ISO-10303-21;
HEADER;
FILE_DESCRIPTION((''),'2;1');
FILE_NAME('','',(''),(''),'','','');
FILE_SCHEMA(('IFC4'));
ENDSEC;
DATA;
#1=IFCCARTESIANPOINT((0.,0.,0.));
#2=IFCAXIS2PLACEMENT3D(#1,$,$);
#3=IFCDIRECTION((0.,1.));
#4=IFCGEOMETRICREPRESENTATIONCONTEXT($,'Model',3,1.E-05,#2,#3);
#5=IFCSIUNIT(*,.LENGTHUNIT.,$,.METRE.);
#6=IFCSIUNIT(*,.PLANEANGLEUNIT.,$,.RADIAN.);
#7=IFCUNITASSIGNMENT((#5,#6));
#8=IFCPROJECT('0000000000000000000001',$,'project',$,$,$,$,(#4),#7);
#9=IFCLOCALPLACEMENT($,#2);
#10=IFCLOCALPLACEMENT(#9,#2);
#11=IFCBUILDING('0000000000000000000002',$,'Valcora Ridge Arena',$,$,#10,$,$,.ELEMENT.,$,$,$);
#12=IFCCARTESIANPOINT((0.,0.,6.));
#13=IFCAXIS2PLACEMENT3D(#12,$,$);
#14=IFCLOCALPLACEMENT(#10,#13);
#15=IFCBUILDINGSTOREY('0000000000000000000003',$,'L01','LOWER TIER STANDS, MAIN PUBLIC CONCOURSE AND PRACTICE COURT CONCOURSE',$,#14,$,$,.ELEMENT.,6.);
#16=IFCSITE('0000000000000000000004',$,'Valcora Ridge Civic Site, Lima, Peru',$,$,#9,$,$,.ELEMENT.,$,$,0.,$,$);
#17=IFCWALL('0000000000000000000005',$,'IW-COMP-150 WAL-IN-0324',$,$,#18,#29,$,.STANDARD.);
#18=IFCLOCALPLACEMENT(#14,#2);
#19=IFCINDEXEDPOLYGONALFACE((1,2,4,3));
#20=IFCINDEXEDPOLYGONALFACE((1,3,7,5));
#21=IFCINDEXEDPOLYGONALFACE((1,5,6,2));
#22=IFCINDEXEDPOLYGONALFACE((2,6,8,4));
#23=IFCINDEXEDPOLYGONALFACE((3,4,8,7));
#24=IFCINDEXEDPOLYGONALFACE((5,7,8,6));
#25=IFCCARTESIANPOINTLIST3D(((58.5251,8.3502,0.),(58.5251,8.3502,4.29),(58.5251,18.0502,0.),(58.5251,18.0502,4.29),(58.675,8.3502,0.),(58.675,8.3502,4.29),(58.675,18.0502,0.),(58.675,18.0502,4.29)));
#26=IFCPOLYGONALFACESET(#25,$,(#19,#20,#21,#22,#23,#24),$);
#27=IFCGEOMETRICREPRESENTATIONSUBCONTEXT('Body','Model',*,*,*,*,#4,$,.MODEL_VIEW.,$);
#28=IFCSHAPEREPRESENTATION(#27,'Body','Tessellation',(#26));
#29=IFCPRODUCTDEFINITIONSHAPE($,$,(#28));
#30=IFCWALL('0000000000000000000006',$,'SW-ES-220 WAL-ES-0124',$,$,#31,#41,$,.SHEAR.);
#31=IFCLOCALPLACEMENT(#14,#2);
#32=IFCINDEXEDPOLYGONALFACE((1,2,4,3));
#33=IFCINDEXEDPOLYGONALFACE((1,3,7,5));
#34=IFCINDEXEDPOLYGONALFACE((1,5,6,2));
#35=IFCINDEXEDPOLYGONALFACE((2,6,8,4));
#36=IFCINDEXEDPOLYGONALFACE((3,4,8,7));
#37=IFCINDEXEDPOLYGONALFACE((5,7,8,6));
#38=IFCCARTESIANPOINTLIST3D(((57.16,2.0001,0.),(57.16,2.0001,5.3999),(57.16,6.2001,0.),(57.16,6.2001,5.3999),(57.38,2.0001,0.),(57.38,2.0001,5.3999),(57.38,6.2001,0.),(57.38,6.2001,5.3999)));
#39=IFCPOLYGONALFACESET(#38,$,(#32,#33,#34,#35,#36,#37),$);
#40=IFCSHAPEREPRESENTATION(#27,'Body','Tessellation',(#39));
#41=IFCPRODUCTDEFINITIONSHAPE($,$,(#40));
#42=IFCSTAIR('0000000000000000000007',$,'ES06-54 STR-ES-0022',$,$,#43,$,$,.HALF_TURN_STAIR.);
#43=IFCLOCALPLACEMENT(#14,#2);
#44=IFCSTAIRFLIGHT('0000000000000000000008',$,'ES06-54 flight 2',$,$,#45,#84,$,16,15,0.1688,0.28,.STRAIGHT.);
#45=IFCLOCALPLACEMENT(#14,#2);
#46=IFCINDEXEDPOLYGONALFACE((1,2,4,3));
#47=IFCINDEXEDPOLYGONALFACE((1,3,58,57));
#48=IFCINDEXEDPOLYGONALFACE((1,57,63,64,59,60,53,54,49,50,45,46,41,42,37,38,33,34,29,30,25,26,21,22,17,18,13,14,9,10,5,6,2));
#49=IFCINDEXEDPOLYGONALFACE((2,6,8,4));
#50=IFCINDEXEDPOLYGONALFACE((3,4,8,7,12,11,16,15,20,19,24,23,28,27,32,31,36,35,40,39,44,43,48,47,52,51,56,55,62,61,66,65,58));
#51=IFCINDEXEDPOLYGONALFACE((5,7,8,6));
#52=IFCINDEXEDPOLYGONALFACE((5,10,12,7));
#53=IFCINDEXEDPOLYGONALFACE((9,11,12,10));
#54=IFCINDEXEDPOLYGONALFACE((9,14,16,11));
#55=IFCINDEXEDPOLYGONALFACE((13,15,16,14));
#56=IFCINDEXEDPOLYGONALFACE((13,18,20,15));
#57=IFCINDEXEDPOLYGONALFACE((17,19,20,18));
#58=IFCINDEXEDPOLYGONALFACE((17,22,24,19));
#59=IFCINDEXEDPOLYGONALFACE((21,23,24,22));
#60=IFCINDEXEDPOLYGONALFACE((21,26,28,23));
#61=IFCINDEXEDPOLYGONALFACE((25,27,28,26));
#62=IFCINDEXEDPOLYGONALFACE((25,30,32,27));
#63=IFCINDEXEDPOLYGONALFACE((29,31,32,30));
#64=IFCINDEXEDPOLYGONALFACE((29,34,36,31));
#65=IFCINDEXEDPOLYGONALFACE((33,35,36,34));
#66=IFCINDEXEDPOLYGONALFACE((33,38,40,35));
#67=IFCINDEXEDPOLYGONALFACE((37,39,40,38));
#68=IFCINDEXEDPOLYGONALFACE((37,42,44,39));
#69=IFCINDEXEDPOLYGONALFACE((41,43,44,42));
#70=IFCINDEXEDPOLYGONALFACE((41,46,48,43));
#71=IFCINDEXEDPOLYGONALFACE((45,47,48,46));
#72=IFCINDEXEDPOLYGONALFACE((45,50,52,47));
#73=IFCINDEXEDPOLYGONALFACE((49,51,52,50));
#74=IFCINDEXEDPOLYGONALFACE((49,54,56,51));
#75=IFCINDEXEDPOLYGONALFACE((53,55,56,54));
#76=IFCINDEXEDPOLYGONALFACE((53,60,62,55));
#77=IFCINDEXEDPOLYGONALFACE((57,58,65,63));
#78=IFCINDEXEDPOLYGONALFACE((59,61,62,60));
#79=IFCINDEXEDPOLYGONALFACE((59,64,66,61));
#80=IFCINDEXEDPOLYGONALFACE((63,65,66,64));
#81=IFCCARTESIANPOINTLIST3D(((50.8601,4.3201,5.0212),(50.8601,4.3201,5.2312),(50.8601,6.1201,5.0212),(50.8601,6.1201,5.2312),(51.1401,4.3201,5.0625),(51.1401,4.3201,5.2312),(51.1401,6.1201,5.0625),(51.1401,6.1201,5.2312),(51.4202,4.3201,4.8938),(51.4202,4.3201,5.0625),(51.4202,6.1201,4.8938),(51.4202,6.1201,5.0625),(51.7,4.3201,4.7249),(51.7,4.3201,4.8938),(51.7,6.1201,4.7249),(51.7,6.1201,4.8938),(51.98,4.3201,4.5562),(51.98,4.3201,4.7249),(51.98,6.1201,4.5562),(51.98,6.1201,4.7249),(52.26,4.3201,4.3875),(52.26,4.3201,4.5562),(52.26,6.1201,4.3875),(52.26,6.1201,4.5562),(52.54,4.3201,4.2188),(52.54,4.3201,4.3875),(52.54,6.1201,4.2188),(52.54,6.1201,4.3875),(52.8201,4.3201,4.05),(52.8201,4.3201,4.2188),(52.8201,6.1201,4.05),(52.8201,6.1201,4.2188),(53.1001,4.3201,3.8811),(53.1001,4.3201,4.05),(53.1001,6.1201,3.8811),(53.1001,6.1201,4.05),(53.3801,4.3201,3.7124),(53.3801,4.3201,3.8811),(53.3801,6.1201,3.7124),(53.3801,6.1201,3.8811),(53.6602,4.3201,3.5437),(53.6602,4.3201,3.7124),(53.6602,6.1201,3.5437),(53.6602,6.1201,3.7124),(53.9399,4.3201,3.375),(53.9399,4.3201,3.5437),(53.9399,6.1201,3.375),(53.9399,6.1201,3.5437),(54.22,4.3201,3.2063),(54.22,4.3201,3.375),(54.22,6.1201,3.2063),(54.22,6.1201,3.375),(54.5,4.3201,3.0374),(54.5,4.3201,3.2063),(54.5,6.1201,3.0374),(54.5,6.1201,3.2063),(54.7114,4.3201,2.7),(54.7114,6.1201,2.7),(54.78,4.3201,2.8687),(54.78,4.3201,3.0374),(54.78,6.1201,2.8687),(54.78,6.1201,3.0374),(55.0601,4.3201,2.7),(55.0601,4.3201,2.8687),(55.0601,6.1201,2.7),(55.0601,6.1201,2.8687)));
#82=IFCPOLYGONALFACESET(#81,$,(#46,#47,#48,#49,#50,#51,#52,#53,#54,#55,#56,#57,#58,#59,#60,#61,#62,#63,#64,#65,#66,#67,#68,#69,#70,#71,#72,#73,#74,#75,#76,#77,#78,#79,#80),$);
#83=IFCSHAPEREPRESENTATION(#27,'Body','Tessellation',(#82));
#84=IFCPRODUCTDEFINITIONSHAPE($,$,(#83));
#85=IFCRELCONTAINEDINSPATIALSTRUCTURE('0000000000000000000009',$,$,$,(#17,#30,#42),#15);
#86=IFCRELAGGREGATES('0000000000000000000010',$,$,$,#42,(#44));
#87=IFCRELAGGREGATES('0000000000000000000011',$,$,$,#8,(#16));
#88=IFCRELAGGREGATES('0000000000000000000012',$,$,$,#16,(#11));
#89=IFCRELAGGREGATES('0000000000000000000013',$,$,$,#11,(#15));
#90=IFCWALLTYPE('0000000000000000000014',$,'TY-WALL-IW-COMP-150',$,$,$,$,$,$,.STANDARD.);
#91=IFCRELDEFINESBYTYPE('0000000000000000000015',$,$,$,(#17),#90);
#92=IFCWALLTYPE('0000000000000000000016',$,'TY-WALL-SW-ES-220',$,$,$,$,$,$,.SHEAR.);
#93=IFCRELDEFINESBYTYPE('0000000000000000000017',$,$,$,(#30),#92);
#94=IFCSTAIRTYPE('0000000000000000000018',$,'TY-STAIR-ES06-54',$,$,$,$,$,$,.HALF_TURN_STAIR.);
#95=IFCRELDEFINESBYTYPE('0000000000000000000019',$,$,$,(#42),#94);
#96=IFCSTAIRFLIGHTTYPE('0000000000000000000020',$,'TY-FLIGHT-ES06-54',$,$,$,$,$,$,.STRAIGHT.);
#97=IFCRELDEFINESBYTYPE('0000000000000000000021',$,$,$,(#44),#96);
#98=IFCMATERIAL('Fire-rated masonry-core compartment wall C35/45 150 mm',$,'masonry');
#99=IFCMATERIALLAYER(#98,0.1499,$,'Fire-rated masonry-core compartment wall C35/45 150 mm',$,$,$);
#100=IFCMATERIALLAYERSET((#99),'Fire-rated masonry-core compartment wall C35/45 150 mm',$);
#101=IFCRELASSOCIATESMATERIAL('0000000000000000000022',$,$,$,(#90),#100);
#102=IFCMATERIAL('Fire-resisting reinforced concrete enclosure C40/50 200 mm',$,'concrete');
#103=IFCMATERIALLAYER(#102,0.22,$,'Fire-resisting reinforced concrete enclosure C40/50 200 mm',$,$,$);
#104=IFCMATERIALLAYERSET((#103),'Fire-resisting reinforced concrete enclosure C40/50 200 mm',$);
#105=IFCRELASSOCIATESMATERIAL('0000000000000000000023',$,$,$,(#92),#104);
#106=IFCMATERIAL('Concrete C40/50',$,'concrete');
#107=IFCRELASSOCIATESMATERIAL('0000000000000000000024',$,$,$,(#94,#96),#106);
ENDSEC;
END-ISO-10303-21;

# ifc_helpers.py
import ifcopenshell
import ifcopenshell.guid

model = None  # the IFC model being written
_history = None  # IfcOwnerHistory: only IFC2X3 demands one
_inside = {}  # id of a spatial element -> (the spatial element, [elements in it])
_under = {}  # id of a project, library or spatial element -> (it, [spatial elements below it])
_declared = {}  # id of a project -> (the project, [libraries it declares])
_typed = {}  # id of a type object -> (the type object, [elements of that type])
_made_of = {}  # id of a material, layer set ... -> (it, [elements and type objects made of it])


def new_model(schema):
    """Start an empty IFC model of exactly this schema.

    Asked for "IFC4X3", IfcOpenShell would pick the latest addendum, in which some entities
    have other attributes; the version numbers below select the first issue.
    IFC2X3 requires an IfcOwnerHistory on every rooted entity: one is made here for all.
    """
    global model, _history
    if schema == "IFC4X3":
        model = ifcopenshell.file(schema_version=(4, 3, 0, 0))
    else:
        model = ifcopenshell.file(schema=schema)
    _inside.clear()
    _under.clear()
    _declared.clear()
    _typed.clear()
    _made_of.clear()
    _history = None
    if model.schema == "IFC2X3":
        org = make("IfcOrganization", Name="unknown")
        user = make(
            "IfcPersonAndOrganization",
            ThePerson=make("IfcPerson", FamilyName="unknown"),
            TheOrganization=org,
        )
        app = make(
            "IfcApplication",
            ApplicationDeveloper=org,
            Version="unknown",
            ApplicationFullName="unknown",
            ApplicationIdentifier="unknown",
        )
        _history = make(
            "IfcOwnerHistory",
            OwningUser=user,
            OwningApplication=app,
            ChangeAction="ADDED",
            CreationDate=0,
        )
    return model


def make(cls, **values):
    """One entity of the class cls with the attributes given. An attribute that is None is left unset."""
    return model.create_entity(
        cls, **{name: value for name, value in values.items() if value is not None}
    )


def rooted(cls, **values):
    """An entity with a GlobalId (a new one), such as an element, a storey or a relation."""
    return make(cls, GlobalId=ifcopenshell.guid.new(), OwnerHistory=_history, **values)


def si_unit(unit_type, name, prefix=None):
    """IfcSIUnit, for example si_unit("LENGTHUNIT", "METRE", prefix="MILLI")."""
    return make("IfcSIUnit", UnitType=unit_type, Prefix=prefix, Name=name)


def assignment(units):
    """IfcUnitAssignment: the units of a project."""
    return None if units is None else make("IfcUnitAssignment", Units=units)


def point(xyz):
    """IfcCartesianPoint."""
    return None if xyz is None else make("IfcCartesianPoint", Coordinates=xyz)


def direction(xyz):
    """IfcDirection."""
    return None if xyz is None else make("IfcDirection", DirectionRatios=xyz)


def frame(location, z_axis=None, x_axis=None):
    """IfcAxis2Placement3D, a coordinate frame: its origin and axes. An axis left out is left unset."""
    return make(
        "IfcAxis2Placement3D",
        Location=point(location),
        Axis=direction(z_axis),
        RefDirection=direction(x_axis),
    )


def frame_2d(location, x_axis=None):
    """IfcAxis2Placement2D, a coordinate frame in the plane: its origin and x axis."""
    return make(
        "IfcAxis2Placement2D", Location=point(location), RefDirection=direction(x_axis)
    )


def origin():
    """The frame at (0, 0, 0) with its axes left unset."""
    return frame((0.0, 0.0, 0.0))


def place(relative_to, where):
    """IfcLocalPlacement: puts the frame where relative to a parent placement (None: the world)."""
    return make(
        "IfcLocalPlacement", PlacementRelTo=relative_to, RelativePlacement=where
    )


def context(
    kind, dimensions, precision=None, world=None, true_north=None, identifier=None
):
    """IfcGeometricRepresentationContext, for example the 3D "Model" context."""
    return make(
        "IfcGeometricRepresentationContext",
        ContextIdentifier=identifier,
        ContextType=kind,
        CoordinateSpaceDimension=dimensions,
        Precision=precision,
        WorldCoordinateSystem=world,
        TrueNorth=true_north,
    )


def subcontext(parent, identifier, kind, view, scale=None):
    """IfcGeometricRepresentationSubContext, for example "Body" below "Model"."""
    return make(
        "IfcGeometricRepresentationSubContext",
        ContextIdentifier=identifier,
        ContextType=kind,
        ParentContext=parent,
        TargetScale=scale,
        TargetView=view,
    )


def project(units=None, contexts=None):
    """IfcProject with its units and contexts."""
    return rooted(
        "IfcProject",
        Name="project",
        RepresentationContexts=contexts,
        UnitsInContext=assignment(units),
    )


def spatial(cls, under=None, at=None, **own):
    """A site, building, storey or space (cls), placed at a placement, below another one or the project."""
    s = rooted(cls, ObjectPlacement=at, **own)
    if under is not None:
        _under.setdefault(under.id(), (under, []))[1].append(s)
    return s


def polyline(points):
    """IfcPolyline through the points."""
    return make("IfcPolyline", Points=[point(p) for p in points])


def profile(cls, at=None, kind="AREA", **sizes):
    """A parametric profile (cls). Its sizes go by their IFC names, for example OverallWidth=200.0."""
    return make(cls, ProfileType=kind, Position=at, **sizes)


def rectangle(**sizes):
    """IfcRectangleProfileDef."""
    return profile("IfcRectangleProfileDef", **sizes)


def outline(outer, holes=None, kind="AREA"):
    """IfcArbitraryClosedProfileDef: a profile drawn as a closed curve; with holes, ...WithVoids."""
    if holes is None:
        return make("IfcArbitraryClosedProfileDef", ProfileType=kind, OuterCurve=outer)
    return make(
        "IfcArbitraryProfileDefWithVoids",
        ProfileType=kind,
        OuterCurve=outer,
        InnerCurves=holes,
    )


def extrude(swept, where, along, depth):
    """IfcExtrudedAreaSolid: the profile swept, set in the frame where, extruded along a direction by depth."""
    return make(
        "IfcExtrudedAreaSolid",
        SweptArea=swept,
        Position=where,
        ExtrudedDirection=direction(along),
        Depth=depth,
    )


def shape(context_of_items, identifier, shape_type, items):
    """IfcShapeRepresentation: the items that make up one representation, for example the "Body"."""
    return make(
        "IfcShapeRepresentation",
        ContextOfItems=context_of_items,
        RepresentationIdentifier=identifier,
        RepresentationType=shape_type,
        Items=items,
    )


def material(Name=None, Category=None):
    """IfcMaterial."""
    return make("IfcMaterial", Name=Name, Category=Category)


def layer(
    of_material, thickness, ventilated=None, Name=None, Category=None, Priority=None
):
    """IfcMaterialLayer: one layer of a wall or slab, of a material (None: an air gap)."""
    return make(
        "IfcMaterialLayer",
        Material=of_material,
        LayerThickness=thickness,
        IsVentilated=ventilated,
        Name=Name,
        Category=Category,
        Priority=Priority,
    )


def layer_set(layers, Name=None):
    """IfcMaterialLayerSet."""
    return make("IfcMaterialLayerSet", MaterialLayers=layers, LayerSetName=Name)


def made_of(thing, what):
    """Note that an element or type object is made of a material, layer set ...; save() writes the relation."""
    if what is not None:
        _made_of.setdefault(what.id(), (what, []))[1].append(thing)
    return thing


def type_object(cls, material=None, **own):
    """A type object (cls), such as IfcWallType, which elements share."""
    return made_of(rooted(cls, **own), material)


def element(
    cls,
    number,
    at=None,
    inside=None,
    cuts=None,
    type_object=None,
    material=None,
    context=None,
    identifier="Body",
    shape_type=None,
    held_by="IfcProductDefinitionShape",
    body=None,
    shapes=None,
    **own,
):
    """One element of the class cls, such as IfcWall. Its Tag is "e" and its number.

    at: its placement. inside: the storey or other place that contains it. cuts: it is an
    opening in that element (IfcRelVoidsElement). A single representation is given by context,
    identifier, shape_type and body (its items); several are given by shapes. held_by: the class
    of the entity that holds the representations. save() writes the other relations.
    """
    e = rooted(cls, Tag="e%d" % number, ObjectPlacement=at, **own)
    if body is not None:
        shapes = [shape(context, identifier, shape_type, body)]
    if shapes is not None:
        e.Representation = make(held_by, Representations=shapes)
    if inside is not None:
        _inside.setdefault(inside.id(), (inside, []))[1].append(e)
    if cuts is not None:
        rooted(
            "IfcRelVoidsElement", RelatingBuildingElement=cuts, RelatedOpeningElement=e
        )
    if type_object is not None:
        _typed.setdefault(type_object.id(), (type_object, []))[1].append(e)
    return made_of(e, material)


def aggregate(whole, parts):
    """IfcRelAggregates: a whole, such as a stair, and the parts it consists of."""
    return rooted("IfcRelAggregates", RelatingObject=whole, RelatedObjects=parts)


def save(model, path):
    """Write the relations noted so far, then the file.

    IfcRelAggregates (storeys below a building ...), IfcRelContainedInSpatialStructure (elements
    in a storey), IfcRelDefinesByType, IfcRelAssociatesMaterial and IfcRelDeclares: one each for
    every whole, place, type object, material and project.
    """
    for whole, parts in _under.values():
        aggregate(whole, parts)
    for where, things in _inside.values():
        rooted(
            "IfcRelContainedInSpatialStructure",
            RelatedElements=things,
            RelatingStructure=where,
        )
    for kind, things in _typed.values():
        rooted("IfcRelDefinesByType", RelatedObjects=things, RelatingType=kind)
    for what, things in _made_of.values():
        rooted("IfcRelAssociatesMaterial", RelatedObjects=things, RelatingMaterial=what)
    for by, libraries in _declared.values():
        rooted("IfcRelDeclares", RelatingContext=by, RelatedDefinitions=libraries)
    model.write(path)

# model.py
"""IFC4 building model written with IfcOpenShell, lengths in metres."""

from ifc_helpers import new_model, si_unit, direction, frame, frame_2d, origin, place, context, subcontext, project, spatial, polyline, rectangle, outline, extrude, material, layer, layer_set, type_object, element, aggregate, save


model = new_model("IFC4")

# Units and contexts
model_context = context("Model", 3, precision=1e-05, world=origin(), true_north=direction((0.0, 1.0)))
body_context = subcontext(model_context, "Body", "Model", "MODEL_VIEW")
ifc_project = project(units=[si_unit("LENGTHUNIT", "METRE"), si_unit("PLANEANGLEUNIT", "RADIAN")], contexts=[model_context])

# Site, building, storey
site_placement = place(None, origin())
site = spatial("IfcSite", under=ifc_project, at=site_placement, Name="Valcora Ridge Civic Site, Lima, Peru", CompositionType="ELEMENT", RefElevation=0.0)
building_placement = place(site_placement, origin())
building = spatial("IfcBuilding", under=site, at=building_placement, Name="Valcora Ridge Arena", CompositionType="ELEMENT")
storey_placement = place(building_placement, frame((0.0, 0.0, 6.0)))
storey = spatial("IfcBuildingStorey", under=building, at=storey_placement, Name="L01", Description="LOWER TIER STANDS, MAIN PUBLIC CONCOURSE AND PRACTICE COURT CONCOURSE", CompositionType="ELEMENT", Elevation=6.0)

# Shared definitions
ifc_material_1 = material(Name="Concrete C40/50", Category="concrete")

# Walls
ifc_material_2 = material(Name="Fire-rated masonry-core compartment wall C35/45 150 mm", Category="masonry")
ifc_layer_1 = layer(ifc_material_2, 0.1499, Name="Fire-rated masonry-core compartment wall C35/45 150 mm")
ifc_layer_set_1 = layer_set([ifc_layer_1], Name="Fire-rated masonry-core compartment wall C35/45 150 mm")
wall_type_1 = type_object("IfcWallType", Name="TY-WALL-IW-COMP-150", PredefinedType="STANDARD", material=ifc_layer_set_1)
wall_1_placement = place(storey_placement, frame((58.6001, 8.3501, 0.0), z_axis=(0.0, 0.0, 1.0), x_axis=(0.0, 1.0, 0.0)))
element("IfcWall", 1, at=wall_1_placement, inside=storey, type_object=wall_type_1, Name="IW-COMP-150 WAL-IN-0324", PredefinedType="STANDARD", context=body_context, shape_type="SweptSolid", body=[
    extrude(rectangle(XDim=9.7, YDim=0.1499, at=frame_2d((4.8501, 0.0))), origin(), (0.0, 0.0, 1.0), 4.29),
])
ifc_material_3 = material(Name="Fire-resisting reinforced concrete enclosure C40/50 200 mm", Category="concrete")
ifc_layer_2 = layer(ifc_material_3, 0.22, Name="Fire-resisting reinforced concrete enclosure C40/50 200 mm")
ifc_layer_set_2 = layer_set([ifc_layer_2], Name="Fire-resisting reinforced concrete enclosure C40/50 200 mm")
wall_type_2 = type_object("IfcWallType", Name="TY-WALL-SW-ES-220", PredefinedType="SHEAR", material=ifc_layer_set_2)
wall_2_placement = place(storey_placement, frame((57.27, 2.0, 0.0), z_axis=(0.0, 0.0, 1.0), x_axis=(0.0, 1.0, 0.0)))
element("IfcWall", 2, at=wall_2_placement, inside=storey, type_object=wall_type_2, Name="SW-ES-220 WAL-ES-0124", PredefinedType="SHEAR", context=body_context, shape_type="SweptSolid", body=[
    extrude(rectangle(XDim=4.2, YDim=0.22, at=frame_2d((2.1001, 0.0))), origin(), (0.0, 0.0, 1.0), 5.3999),
])

# Stair, stair flight
stair_type = type_object("IfcStairType", Name="TY-STAIR-ES06-54", PredefinedType="HALF_TURN_STAIR", material=ifc_material_1)
stair_placement = place(storey_placement, origin())
stair = element("IfcStair", 3, at=stair_placement, inside=storey, type_object=stair_type, Name="ES06-54 STR-ES-0022", PredefinedType="HALF_TURN_STAIR")
stair_flight_type = type_object("IfcStairFlightType", Name="TY-FLIGHT-ES06-54", PredefinedType="STRAIGHT", material=ifc_material_1)
stair_flight_placement = place(storey_placement, frame((55.0601, 5.22, 2.7), z_axis=(0.0, 0.0, 1.0), x_axis=(-1.0, 0.0, 0.0)))
stair_flight = element("IfcStairFlight", 4, at=stair_flight_placement, type_object=stair_flight_type, Name="ES06-54 flight 2", NumberOfRisers=16, NumberOfTreads=15, PredefinedType="STRAIGHT", RiserHeight=0.1688, TreadLength=0.28, context=body_context, shape_type="SweptSolid", body=[
    extrude(outline(polyline([(0.0, 0.0), (0.0, 0.1687), (0.28, 0.1687), (0.28, 0.3374), (0.5601, 0.3374), (0.5601, 0.5063), (0.8401, 0.5063), (0.8401, 0.675), (1.1201, 0.675), (1.1201, 0.8438), (1.3999, 0.8438), (1.3999, 1.0125), (1.6799, 1.0125), (1.6799, 1.1812), (1.96, 1.1812), (1.96, 1.3501), (2.24, 1.3501), (2.24, 1.5188), (2.52, 1.5188), (2.52, 1.6875), (2.8, 1.6875), (2.8, 1.8562), (3.0801, 1.8562), (3.0801, 2.0249), (3.3601, 2.0249), (3.3601, 2.1938), (3.6399, 2.1938), (3.6399, 2.3625), (3.9199, 2.3625), (3.9199, 2.5312), (4.2, 2.5312), (4.2, 2.7), (4.2, 2.3213), (0.3486, 0.0), (0.0, 0.0)])), frame((0.0, 0.8999, 0.0), z_axis=(0.0, -1.0, 0.0), x_axis=(1.0, 0.0, 0.0)), (0.0, 0.0, 1.0), 1.8),
])
aggregate(stair, [stair_flight])

save(model, "model.ifc")
